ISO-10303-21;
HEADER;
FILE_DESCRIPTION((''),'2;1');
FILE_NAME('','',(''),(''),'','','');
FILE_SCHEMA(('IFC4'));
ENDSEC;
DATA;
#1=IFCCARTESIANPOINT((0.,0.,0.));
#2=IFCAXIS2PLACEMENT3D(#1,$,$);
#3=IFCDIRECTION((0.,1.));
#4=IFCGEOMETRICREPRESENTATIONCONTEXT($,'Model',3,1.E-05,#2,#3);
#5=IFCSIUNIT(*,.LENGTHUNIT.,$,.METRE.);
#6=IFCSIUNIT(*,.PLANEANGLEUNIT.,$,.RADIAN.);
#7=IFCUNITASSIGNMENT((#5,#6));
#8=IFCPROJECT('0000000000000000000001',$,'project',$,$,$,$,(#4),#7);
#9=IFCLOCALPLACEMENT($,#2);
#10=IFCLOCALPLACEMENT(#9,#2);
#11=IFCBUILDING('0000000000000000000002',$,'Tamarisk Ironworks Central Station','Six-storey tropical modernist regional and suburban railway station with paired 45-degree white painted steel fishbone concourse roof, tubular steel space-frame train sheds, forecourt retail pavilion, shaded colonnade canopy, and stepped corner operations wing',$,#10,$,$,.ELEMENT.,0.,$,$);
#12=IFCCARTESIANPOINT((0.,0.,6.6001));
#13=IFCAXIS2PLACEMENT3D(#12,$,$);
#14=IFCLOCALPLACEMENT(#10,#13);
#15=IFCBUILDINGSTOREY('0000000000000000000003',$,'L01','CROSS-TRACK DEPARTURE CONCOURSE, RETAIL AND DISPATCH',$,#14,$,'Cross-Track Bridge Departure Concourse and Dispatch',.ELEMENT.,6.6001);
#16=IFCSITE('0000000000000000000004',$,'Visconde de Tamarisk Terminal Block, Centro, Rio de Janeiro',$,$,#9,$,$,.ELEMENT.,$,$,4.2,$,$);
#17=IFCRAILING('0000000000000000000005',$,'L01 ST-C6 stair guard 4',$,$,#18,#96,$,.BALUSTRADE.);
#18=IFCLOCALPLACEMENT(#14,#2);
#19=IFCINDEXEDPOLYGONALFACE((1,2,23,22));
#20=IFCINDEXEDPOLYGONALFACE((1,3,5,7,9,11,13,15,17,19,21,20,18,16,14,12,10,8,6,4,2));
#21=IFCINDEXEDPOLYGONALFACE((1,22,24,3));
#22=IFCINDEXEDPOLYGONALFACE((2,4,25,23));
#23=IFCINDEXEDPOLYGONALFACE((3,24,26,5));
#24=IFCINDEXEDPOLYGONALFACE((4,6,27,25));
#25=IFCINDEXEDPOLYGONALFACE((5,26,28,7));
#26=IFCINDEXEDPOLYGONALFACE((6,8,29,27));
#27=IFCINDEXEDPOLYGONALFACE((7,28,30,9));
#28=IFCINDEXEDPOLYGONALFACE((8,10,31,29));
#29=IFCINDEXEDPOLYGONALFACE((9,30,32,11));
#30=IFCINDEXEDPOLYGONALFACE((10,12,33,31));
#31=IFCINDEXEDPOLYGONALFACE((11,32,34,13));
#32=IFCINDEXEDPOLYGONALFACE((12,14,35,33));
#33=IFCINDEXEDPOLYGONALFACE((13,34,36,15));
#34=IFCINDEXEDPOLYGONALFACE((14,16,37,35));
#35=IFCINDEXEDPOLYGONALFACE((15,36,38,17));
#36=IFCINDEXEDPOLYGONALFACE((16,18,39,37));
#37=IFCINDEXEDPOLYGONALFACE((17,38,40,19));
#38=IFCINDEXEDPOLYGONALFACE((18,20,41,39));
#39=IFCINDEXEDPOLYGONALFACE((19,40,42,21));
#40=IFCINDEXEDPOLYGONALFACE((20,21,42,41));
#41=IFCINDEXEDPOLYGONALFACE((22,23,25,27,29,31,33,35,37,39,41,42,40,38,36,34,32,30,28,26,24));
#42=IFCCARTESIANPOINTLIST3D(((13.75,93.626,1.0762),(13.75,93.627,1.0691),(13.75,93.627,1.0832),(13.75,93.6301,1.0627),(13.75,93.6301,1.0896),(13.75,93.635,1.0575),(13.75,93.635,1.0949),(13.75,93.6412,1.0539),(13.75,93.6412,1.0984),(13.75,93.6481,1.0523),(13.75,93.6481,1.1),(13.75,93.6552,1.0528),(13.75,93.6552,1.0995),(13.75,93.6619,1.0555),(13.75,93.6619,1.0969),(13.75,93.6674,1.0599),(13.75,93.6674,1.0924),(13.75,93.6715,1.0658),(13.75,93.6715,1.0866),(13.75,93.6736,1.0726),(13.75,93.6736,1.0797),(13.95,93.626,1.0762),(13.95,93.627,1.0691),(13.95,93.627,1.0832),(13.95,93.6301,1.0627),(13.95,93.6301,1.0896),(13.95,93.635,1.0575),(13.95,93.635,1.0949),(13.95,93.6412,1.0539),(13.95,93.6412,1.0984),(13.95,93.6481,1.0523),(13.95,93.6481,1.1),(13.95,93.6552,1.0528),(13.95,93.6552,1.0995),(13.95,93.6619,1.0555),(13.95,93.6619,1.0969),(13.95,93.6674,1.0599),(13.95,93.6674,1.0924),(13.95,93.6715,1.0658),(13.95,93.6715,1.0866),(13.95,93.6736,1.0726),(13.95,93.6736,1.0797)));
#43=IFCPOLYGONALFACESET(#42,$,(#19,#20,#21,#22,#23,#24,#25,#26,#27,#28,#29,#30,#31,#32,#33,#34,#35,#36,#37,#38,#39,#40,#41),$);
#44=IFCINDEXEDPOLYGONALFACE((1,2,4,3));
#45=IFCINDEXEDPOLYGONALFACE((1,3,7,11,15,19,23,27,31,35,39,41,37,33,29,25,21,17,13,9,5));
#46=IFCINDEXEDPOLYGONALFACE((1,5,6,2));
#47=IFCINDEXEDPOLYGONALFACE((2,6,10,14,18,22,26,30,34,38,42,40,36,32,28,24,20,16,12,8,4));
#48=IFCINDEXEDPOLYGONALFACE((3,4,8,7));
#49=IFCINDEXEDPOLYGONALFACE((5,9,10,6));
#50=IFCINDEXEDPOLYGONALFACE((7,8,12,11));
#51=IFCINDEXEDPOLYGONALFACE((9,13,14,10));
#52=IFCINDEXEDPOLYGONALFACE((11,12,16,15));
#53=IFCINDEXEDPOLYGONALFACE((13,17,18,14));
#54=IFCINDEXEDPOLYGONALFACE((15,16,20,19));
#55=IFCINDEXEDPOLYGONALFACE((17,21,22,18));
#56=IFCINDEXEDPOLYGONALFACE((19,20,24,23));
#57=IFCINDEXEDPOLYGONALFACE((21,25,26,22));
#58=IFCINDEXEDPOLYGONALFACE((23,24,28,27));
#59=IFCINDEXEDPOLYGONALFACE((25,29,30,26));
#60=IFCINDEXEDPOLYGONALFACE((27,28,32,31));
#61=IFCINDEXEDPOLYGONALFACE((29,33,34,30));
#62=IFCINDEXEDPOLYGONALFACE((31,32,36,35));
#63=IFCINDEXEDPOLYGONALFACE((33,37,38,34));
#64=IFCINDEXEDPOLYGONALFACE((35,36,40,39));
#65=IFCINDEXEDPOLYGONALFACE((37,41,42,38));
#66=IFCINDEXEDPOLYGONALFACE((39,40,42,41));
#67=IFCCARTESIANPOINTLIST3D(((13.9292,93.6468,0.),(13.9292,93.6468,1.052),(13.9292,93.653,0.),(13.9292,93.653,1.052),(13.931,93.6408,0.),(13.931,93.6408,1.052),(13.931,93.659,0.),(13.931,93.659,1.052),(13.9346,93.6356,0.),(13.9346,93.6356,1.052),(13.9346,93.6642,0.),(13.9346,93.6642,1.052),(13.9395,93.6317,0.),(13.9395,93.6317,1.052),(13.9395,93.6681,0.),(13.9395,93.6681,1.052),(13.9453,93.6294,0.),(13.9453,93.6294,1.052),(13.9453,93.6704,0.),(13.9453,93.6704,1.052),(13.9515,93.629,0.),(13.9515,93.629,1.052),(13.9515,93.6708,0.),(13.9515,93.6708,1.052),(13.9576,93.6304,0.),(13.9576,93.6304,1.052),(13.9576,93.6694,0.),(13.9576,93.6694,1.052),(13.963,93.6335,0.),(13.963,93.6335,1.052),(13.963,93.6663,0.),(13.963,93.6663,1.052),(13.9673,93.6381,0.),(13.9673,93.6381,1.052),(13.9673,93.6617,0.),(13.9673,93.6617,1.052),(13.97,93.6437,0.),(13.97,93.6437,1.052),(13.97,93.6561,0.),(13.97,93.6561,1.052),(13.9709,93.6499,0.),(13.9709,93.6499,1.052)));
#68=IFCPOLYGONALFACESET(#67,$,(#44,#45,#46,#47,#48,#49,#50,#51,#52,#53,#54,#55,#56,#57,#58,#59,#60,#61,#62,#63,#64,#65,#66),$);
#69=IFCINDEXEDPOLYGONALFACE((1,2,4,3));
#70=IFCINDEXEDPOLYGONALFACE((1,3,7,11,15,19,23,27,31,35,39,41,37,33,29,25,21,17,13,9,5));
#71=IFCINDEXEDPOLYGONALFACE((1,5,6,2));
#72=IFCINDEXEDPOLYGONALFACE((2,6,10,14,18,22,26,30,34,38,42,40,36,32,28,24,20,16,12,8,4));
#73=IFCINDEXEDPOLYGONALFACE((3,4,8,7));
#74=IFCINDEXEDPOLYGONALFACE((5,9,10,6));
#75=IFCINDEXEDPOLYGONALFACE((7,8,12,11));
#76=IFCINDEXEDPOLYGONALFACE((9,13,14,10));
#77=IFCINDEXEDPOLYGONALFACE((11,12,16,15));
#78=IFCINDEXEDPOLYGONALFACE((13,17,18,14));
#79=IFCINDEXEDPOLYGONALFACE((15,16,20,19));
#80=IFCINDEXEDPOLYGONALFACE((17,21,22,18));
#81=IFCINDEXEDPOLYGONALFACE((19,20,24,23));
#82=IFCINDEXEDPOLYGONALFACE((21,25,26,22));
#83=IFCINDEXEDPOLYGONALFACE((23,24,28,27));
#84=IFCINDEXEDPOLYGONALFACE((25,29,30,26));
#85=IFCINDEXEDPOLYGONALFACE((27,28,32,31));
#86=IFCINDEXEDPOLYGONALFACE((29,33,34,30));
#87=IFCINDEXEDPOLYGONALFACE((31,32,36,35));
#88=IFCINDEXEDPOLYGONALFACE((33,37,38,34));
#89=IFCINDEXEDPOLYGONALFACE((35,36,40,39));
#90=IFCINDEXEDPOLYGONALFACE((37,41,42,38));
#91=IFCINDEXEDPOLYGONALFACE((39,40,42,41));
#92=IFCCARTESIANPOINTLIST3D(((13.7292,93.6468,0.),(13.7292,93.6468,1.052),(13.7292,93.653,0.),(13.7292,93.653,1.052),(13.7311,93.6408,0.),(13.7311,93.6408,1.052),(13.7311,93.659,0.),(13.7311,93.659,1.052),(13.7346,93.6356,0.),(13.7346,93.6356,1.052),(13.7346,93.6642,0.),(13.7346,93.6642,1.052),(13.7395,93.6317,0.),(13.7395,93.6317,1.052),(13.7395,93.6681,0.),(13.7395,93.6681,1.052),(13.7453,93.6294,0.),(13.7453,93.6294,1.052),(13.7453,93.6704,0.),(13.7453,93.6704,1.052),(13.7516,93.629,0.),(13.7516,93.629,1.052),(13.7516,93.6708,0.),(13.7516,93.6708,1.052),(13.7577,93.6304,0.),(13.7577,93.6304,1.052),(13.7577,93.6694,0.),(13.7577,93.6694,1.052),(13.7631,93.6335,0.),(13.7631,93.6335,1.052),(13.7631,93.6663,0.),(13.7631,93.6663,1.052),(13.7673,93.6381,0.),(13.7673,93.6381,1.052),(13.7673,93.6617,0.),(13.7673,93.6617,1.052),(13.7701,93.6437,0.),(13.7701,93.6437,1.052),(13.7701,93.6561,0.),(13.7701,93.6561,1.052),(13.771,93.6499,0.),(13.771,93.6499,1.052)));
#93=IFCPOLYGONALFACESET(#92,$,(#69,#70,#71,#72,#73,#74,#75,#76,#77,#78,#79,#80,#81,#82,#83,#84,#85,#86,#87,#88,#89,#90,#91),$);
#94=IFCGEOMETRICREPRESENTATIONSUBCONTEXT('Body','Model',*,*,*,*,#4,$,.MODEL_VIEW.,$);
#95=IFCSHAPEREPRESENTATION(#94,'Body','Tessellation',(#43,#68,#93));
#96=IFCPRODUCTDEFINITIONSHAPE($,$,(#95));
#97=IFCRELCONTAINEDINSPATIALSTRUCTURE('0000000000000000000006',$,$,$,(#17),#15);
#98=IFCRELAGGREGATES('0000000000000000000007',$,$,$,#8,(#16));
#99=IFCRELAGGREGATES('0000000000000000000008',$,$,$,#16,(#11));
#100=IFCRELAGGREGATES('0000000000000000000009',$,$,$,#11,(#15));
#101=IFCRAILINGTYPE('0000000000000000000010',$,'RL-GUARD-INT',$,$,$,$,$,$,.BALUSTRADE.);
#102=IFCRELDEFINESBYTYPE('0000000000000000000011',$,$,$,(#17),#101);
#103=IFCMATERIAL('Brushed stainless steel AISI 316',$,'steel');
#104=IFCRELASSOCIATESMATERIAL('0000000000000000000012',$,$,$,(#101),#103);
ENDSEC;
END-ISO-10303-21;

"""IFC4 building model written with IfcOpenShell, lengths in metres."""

from ifc_helpers import new_model, si_unit, direction, frame, origin, origin_2d, place, context, subcontext, project, spatial, circle, extrude, material, type_object, element, save


model = new_model("IFC4")

# Units and contexts
model_context = context("Model", 3, precision=1e-05, world=origin(), true_north=direction((0.0, 1.0)))
body_context = subcontext(model_context, "Body", "Model", "MODEL_VIEW")
ifc_project = project(units=[si_unit("LENGTHUNIT", "METRE"), si_unit("PLANEANGLEUNIT", "RADIAN")], contexts=[model_context])

# Site, building, storey
site_placement = place(None, origin())
site = spatial("IfcSite", under=ifc_project, at=site_placement, Name="Visconde de Tamarisk Terminal Block, Centro, Rio de Janeiro", CompositionType="ELEMENT", RefElevation=4.2)
building_placement = place(site_placement, origin())
building = spatial("IfcBuilding", under=site, at=building_placement, Name="Tamarisk Ironworks Central Station", Description="Six-storey tropical modernist regional and suburban railway station with paired 45-degree white painted steel fishbone concourse roof, tubular steel space-frame train sheds, forecourt retail pavilion, shaded colonnade canopy, and stepped corner operations wing", CompositionType="ELEMENT", ElevationOfRefHeight=0.0)
storey_placement = place(building_placement, frame((0.0, 0.0, 6.6001)))
storey = spatial("IfcBuildingStorey", under=building, at=storey_placement, Name="L01", Description="CROSS-TRACK DEPARTURE CONCOURSE, RETAIL AND DISPATCH", LongName="Cross-Track Bridge Departure Concourse and Dispatch", CompositionType="ELEMENT", Elevation=6.6001)

# Railing
ifc_material_1 = material(Name="Brushed stainless steel AISI 316", Category="steel")
railing_type_1 = type_object("IfcRailingType", Name="RL-GUARD-INT", PredefinedType="BALUSTRADE", material=ifc_material_1)
railing_1_placement = place(storey_placement, frame((13.95, 93.6499, 0.0)))
element("IfcRailing", 1, at=railing_1_placement, inside=storey, type_object=railing_type_1, Name="L01 ST-C6 stair guard 4", PredefinedType="BALUSTRADE", context=body_context, shape_type="SweptSolid", body=[
    extrude(circle(Radius=0.0239, at=origin_2d()), frame((0.0, 0.0, 1.0762), z_axis=(-1.0, 0.0, 0.0), x_axis=(0.0, -1.0, 0.0)), (0.0, 0.0, 1.0), 0.2),
    extrude(circle(Radius=0.021, at=origin_2d()), origin(), (0.0, 0.0, 1.0), 1.052),
    extrude(circle(Radius=0.021, at=origin_2d()), frame((-0.2, 0.0, 0.0)), (0.0, 0.0, 1.0), 1.052),
])

save(model, "model.ifc")
